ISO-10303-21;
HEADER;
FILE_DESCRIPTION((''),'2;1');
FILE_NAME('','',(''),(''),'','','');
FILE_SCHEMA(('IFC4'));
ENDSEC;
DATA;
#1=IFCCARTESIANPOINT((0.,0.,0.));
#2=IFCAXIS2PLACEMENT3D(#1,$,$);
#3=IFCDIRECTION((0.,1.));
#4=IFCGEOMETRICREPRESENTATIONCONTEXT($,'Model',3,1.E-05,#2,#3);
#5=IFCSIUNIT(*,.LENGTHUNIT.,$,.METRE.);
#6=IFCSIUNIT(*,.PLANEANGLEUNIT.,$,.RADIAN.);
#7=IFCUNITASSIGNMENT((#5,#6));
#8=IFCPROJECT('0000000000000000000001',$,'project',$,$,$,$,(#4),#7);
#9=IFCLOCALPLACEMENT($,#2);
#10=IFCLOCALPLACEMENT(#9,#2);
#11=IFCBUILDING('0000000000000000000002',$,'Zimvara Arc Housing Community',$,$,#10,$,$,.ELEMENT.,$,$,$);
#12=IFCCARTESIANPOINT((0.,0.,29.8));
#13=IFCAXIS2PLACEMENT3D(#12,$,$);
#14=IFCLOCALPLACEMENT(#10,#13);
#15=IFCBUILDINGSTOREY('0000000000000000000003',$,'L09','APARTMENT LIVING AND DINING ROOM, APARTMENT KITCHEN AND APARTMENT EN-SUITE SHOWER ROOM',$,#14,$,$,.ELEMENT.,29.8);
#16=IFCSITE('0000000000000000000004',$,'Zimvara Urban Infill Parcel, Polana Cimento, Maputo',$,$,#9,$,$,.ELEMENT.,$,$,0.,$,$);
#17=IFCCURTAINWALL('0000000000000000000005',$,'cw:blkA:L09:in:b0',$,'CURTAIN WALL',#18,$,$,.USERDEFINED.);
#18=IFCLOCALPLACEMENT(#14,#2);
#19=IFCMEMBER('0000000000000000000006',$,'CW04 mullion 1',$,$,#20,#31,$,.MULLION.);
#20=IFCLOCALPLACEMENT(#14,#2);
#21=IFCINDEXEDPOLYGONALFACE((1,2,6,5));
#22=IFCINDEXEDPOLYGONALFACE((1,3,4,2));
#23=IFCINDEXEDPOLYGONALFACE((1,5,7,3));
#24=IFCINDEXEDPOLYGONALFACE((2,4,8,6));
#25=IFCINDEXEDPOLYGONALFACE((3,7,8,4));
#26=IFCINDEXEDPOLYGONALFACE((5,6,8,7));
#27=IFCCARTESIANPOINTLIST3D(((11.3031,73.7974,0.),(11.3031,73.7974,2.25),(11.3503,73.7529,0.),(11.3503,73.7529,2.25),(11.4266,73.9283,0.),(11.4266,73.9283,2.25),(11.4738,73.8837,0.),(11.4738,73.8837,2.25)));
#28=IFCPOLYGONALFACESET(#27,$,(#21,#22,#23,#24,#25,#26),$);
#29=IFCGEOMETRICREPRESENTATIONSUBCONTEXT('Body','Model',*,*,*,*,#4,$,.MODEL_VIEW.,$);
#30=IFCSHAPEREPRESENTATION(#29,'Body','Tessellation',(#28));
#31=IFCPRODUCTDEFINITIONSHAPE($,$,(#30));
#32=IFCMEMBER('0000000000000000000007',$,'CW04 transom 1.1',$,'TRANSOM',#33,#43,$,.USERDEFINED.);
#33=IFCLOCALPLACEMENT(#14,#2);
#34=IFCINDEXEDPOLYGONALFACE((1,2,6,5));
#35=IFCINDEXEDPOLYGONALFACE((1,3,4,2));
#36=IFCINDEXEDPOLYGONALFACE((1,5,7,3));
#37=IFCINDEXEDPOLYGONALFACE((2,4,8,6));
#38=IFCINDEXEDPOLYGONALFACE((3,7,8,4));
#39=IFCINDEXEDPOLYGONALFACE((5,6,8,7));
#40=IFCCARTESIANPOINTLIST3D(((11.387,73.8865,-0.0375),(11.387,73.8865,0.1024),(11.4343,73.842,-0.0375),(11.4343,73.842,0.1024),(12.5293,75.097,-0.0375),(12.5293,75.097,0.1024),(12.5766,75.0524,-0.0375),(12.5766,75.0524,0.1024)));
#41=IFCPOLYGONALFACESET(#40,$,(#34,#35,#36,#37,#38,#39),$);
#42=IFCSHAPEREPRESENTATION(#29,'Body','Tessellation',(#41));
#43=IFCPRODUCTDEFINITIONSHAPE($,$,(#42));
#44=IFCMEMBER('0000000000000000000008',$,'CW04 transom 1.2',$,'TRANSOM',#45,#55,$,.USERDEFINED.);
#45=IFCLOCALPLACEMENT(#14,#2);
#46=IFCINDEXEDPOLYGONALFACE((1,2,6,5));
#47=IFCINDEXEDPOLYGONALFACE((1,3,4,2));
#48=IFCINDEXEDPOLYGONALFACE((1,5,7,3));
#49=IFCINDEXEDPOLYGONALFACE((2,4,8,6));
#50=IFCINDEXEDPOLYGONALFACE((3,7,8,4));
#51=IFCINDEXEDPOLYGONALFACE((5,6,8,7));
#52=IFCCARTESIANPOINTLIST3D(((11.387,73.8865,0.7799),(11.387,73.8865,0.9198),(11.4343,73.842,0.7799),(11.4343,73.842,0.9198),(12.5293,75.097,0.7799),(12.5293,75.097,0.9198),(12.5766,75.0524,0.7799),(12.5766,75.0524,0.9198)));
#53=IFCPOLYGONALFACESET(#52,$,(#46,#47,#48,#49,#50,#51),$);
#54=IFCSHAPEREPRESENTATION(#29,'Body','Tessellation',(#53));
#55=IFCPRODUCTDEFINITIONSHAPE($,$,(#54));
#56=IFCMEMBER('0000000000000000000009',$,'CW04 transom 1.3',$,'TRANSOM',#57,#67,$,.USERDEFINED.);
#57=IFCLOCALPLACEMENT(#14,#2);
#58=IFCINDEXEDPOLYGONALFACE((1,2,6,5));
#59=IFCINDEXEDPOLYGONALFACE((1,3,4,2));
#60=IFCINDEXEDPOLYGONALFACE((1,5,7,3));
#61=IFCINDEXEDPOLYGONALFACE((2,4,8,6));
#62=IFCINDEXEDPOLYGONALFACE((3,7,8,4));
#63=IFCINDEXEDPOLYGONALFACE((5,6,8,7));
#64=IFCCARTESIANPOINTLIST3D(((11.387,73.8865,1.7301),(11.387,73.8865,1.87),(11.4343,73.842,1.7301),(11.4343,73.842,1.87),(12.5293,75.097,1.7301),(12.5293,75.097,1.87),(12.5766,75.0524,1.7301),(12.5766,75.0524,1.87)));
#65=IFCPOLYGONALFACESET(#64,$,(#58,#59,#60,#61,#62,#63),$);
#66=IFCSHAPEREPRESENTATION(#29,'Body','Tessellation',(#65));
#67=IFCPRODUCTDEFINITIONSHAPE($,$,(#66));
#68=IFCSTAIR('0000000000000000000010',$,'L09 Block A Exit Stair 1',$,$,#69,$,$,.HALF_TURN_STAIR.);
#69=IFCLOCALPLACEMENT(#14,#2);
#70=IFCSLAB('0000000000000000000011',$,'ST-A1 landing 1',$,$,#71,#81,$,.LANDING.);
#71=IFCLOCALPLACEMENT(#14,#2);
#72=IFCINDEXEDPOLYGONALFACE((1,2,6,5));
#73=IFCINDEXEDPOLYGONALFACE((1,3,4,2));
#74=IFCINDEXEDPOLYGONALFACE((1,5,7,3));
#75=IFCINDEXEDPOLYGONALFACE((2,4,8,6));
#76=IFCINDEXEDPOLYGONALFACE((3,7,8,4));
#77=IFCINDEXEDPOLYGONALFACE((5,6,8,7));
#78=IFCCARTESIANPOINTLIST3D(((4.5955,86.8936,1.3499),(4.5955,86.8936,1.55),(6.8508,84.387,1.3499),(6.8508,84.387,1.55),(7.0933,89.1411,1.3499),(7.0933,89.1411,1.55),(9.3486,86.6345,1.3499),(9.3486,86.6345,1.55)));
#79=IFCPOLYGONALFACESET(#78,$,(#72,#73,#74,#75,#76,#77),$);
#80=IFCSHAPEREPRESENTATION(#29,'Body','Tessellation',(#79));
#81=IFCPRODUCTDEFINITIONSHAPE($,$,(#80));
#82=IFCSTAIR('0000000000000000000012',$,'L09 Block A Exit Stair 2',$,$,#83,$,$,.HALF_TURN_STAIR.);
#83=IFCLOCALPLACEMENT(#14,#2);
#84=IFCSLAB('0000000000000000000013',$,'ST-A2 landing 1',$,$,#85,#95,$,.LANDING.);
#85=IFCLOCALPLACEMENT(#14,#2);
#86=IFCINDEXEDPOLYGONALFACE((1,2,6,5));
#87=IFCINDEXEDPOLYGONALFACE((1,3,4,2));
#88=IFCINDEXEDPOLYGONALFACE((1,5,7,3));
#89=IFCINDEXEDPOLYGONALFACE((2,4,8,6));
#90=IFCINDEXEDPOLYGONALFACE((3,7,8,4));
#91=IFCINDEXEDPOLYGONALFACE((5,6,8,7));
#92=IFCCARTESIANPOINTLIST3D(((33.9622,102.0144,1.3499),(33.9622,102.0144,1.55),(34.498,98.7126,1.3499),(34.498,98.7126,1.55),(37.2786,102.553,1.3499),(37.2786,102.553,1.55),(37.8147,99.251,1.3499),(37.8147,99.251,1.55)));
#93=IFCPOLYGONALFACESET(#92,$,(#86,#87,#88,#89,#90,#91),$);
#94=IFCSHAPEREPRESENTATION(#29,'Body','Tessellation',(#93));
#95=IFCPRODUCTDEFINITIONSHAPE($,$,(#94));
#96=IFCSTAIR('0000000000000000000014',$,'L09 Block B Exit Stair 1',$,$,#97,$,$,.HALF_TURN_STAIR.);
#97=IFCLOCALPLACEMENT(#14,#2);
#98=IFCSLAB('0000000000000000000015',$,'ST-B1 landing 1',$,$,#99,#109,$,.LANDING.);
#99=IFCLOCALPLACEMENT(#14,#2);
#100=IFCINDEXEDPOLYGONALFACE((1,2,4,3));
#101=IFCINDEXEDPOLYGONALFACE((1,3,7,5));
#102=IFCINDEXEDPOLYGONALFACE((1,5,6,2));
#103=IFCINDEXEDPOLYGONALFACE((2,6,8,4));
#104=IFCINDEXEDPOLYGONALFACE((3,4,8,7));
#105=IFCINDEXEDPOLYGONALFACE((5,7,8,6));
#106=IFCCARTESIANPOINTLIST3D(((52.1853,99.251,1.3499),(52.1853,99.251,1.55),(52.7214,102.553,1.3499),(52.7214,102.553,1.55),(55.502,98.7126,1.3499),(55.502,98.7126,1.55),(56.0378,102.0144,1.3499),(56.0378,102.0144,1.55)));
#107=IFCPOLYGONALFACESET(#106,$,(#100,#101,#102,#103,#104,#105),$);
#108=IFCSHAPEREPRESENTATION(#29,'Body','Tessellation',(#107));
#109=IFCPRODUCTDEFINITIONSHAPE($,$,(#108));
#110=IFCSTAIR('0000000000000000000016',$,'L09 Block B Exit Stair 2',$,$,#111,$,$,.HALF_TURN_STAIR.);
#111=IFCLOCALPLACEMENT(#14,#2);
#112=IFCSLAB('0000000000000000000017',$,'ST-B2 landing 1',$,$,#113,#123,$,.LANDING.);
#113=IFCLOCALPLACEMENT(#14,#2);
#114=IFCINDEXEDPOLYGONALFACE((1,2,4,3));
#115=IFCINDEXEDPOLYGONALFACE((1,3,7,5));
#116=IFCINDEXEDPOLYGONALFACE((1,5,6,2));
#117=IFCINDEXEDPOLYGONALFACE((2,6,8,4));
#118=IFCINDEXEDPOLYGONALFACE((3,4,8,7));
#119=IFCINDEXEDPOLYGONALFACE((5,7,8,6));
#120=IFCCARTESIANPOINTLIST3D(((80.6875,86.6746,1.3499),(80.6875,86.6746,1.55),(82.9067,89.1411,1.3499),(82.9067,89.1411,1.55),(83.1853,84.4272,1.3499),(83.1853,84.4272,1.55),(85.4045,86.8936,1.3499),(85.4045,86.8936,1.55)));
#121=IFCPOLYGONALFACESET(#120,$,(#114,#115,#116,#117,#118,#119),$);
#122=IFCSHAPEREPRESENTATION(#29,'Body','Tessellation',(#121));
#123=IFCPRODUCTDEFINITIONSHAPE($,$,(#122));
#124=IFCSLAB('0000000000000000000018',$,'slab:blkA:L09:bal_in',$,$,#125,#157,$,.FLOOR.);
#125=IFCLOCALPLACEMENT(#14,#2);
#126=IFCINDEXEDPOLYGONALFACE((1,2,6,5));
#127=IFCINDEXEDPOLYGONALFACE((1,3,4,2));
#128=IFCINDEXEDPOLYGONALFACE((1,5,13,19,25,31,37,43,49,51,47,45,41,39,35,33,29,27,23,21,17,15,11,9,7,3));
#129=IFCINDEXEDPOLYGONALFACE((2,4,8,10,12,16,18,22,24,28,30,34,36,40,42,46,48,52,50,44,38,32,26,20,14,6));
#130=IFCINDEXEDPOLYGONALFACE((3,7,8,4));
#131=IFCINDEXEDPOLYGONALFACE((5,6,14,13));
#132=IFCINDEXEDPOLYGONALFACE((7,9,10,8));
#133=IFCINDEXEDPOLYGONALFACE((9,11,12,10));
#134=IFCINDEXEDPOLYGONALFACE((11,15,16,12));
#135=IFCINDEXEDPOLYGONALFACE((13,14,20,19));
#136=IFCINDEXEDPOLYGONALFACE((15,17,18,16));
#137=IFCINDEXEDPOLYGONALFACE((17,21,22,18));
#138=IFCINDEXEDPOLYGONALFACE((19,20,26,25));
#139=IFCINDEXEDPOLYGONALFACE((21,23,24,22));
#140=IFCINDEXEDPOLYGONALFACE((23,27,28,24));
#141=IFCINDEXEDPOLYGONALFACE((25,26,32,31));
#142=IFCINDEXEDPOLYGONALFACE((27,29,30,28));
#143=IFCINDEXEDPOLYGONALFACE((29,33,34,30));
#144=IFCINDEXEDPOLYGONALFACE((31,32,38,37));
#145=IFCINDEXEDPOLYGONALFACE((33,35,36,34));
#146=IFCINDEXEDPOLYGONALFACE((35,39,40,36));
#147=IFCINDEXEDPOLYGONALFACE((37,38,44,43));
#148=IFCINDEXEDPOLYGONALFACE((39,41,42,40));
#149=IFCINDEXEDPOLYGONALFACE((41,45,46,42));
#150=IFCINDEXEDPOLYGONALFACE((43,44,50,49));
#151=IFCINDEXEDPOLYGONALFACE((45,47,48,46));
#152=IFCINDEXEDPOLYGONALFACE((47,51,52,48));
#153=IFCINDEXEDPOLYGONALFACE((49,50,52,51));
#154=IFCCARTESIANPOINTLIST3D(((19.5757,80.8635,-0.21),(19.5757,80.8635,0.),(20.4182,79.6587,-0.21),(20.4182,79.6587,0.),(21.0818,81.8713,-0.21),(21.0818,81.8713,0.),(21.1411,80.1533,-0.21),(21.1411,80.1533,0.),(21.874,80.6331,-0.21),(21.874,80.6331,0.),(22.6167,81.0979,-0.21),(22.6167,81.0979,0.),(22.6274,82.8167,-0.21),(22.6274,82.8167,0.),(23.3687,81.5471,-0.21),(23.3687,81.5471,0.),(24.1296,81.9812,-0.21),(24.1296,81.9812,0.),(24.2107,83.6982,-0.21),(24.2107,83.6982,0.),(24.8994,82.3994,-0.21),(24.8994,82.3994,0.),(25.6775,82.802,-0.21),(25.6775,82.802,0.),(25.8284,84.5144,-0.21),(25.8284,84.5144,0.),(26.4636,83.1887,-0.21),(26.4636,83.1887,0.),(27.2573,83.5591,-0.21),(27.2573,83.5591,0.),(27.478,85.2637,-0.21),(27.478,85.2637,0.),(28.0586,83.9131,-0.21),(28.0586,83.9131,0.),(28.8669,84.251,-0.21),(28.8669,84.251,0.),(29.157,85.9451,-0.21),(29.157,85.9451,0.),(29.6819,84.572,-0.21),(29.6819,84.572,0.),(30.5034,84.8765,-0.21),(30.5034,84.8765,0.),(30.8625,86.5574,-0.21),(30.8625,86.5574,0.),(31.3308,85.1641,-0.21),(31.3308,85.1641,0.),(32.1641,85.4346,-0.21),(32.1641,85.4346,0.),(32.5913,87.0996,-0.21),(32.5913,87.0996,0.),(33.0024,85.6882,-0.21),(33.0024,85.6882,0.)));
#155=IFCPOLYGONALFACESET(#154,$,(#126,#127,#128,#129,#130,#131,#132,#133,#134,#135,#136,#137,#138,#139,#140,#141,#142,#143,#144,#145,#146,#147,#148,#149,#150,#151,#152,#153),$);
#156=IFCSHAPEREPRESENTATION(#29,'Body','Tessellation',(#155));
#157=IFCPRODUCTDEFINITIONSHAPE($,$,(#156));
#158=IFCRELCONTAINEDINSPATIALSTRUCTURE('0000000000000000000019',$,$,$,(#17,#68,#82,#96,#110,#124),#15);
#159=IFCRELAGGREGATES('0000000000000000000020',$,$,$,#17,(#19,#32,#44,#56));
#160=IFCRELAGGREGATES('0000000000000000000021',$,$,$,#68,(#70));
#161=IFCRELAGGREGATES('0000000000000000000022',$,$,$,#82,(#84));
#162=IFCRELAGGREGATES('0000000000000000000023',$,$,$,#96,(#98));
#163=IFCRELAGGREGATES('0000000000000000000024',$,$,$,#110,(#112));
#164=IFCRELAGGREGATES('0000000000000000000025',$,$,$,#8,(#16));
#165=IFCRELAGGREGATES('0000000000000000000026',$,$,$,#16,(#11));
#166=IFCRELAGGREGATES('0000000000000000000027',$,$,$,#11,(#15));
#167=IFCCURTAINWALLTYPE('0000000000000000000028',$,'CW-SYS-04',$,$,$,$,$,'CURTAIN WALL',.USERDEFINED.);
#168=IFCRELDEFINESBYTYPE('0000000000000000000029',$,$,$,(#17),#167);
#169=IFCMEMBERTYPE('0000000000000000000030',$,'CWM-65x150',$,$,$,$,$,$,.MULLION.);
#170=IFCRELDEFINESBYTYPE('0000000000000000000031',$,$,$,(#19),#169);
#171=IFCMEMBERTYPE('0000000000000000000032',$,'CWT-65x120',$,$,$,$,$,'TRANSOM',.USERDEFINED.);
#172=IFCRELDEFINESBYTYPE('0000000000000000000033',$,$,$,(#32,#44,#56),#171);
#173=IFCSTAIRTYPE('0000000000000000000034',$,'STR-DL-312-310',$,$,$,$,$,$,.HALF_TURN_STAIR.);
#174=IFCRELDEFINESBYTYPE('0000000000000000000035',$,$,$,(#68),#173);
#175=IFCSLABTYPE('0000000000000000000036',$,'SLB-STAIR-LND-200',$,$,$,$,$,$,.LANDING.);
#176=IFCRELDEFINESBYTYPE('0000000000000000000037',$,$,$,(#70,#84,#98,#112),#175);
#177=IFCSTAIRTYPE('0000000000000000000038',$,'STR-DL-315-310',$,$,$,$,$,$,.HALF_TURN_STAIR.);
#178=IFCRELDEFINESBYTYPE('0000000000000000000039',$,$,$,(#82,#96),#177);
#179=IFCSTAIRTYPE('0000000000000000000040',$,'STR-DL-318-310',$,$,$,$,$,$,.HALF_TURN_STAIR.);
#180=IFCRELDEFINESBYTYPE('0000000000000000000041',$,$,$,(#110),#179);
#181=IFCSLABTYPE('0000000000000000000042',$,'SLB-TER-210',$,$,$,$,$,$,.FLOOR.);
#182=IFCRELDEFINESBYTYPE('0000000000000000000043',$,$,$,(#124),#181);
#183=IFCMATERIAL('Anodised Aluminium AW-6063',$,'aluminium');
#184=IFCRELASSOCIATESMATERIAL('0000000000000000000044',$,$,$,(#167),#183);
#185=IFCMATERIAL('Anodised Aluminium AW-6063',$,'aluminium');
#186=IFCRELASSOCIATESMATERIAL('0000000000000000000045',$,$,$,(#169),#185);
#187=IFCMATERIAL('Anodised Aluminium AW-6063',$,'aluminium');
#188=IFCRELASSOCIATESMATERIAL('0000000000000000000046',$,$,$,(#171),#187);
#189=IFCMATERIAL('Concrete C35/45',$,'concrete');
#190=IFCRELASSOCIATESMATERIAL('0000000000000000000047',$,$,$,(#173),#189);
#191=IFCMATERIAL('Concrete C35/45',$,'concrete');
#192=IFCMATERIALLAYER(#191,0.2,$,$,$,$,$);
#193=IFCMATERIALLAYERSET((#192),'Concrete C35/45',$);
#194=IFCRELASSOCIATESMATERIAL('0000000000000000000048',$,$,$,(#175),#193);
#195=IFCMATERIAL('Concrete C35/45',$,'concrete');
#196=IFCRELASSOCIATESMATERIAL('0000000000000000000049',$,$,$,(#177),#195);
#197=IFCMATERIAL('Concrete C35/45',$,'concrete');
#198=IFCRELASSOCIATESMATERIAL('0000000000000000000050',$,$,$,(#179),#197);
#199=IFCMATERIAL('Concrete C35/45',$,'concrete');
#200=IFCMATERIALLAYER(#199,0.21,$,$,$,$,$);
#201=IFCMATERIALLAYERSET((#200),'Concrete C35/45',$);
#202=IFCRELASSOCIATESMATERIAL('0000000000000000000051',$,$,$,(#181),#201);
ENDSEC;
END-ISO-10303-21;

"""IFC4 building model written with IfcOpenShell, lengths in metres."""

from ifc_helpers import new_model, si_unit, direction, frame, origin, origin_2d, place, context, subcontext, project, spatial, polyline, rectangle, outline, extrude, material, layer, layer_set, material_profile, profile_set, type_object, element, aggregate, save


model = new_model("IFC4")

# Units and contexts
model_context = context("Model", 3, precision=1e-05, world=origin(), true_north=direction((0.0, 1.0)))
body_context = subcontext(model_context, "Body", "Model", "MODEL_VIEW")
ifc_project = project(units=[si_unit("LENGTHUNIT", "METRE"), si_unit("PLANEANGLEUNIT", "RADIAN")], contexts=[model_context])

# Site, building, storey
site_placement = place(None, origin())
site = spatial("IfcSite", under=ifc_project, at=site_placement, Name="Zimvara Urban Infill Parcel, Polana Cimento, Maputo", CompositionType="ELEMENT", RefElevation=0.0)
building_placement = place(site_placement, origin())
building = spatial("IfcBuilding", under=site, at=building_placement, Name="Zimvara Arc Housing Community", CompositionType="ELEMENT")
storey_placement = place(building_placement, frame((0.0, 0.0, 29.8)))
storey = spatial("IfcBuildingStorey", under=building, at=storey_placement, Name="L09", Description="APARTMENT LIVING AND DINING ROOM, APARTMENT KITCHEN AND APARTMENT EN-SUITE SHOWER ROOM", CompositionType="ELEMENT", Elevation=29.8)

# Curtain wall, members
ifc_material_1 = material(Name="Anodised Aluminium AW-6063", Category="aluminium")
curtain_wall_type = type_object("IfcCurtainWallType", Name="CW-SYS-04", ElementType="CURTAIN WALL", PredefinedType="USERDEFINED", material=ifc_material_1)
curtain_wall_placement = place(storey_placement, origin())
curtain_wall = element("IfcCurtainWall", 1, at=curtain_wall_placement, inside=storey, type_object=curtain_wall_type, Name="cw:blkA:L09:in:b0", ObjectType="CURTAIN WALL", PredefinedType="USERDEFINED")
ifc_material_2 = material(Name="Anodised Aluminium AW-6063", Category="aluminium")
ifc_material_profile_1 = material_profile(ifc_material_2, rectangle(XDim=0.0649, YDim=0.1799, at=origin_2d()), Name="ALU 65x180")
ifc_profile_set_1 = profile_set([ifc_material_profile_1], Name="Anodised Aluminium AW-6063")
member_type_1 = type_object("IfcMemberType", Name="CWM-65x150", PredefinedType="MULLION", material=ifc_profile_set_1)
member_1_placement = place(storey_placement, frame((11.3884, 73.8406, 0.0), z_axis=(0.0, 0.0, 1.0), x_axis=(-0.727293, 0.686327, 0.0)))
member_1 = element("IfcMember", 2, at=member_1_placement, type_object=member_type_1, Name="CW04 mullion 1", PredefinedType="MULLION", context=body_context, shape_type="SweptSolid", body=[
    extrude(rectangle(XDim=0.0649, YDim=0.1799, at=origin_2d()), origin(), (0.0, 0.0, 1.0), 2.25),
])
ifc_material_3 = material(Name="Anodised Aluminium AW-6063", Category="aluminium")
ifc_material_profile_2 = material_profile(ifc_material_3, rectangle(XDim=0.0649, YDim=0.1399, at=origin_2d()), Name="ALU 65x140")
ifc_profile_set_2 = profile_set([ifc_material_profile_2], Name="Anodised Aluminium AW-6063")
member_type_2 = type_object("IfcMemberType", Name="CWT-65x120", ElementType="TRANSOM", PredefinedType="USERDEFINED", material=ifc_profile_set_2)
member_2_placement = place(storey_placement, frame((11.4106, 73.8643, 0.0325), z_axis=(0.686348, 0.727273, 0.0), x_axis=(-0.727273, 0.686348, 0.0)))
member_2 = element("IfcMember", 3, at=member_2_placement, type_object=member_type_2, Name="CW04 transom 1.1", ObjectType="TRANSOM", PredefinedType="USERDEFINED", context=body_context, shape_type="SweptSolid", body=[
    extrude(rectangle(XDim=0.0649, YDim=0.1399, at=origin_2d()), origin(), (0.0, 0.0, 1.0), 1.6643),
])
member_3_placement = place(storey_placement, frame((11.4106, 73.8643, 0.8499), z_axis=(0.686348, 0.727273, 0.0), x_axis=(-0.727273, 0.686348, 0.0)))
member_3 = element("IfcMember", 4, at=member_3_placement, type_object=member_type_2, Name="CW04 transom 1.2", ObjectType="TRANSOM", PredefinedType="USERDEFINED", context=body_context, shape_type="SweptSolid", body=[
    extrude(rectangle(XDim=0.0649, YDim=0.1399, at=origin_2d()), origin(), (0.0, 0.0, 1.0), 1.6643),
])
member_4_placement = place(storey_placement, frame((11.4106, 73.8643, 1.8), z_axis=(0.686348, 0.727273, 0.0), x_axis=(-0.727273, 0.686348, 0.0)))
member_4 = element("IfcMember", 5, at=member_4_placement, type_object=member_type_2, Name="CW04 transom 1.3", ObjectType="TRANSOM", PredefinedType="USERDEFINED", context=body_context, shape_type="SweptSolid", body=[
    extrude(rectangle(XDim=0.0649, YDim=0.1399, at=origin_2d()), origin(), (0.0, 0.0, 1.0), 1.6643),
])
aggregate(curtain_wall, [member_1, member_2, member_3, member_4])

# Stairs, slabs
ifc_material_4 = material(Name="Concrete C35/45", Category="concrete")
stair_type_1 = type_object("IfcStairType", Name="STR-DL-312-310", PredefinedType="HALF_TURN_STAIR", material=ifc_material_4)
stair_1_placement = place(storey_placement, origin())
stair_1 = element("IfcStair", 6, at=stair_1_placement, inside=storey, type_object=stair_type_1, Name="L09 Block A Exit Stair 1", PredefinedType="HALF_TURN_STAIR")
ifc_material_5 = material(Name="Concrete C35/45", Category="concrete")
ifc_layer_1 = layer(ifc_material_5, 0.2)
ifc_layer_set_1 = layer_set([ifc_layer_1], Name="Concrete C35/45")
slab_type_1 = type_object("IfcSlabType", Name="SLB-STAIR-LND-200", PredefinedType="LANDING", material=ifc_layer_set_1)
slab_1_placement = place(storey_placement, frame((0.0, 0.0, 1.3499)))
slab_1 = element("IfcSlab", 7, at=slab_1_placement, type_object=slab_type_1, Name="ST-A1 landing 1", PredefinedType="LANDING", context=body_context, shape_type="SweptSolid", body=[
    extrude(outline(polyline([(9.3486, 86.6345), (7.0933, 89.1411), (4.5955, 86.8936), (6.8508, 84.387), (9.3486, 86.6345)])), origin(), (0.0, 0.0, 1.0), 0.2002),
])
aggregate(stair_1, [slab_1])
ifc_material_6 = material(Name="Concrete C35/45", Category="concrete")
stair_type_2 = type_object("IfcStairType", Name="STR-DL-315-310", PredefinedType="HALF_TURN_STAIR", material=ifc_material_6)
stair_2_placement = place(storey_placement, origin())
stair_2 = element("IfcStair", 8, at=stair_2_placement, inside=storey, type_object=stair_type_2, Name="L09 Block A Exit Stair 2", PredefinedType="HALF_TURN_STAIR")
slab_2_placement = place(storey_placement, frame((0.0, 0.0, 1.3499)))
slab_2 = element("IfcSlab", 9, at=slab_2_placement, type_object=slab_type_1, Name="ST-A2 landing 1", PredefinedType="LANDING", context=body_context, shape_type="SweptSolid", body=[
    extrude(outline(polyline([(37.8147, 99.251), (37.2786, 102.553), (33.9622, 102.0144), (34.498, 98.7126), (37.8147, 99.251)])), origin(), (0.0, 0.0, 1.0), 0.2002),
])
aggregate(stair_2, [slab_2])
stair_3_placement = place(storey_placement, origin())
stair_3 = element("IfcStair", 10, at=stair_3_placement, inside=storey, type_object=stair_type_2, Name="L09 Block B Exit Stair 1", PredefinedType="HALF_TURN_STAIR")
slab_3_placement = place(storey_placement, frame((0.0, 0.0, 1.3499)))
slab_3 = element("IfcSlab", 11, at=slab_3_placement, type_object=slab_type_1, Name="ST-B1 landing 1", PredefinedType="LANDING", context=body_context, shape_type="SweptSolid", body=[
    extrude(outline(polyline([(55.502, 98.7126), (56.0378, 102.0144), (52.7214, 102.553), (52.1853, 99.251), (55.502, 98.7126)])), origin(), (0.0, 0.0, 1.0), 0.2002),
])
aggregate(stair_3, [slab_3])
ifc_material_7 = material(Name="Concrete C35/45", Category="concrete")
stair_type_3 = type_object("IfcStairType", Name="STR-DL-318-310", PredefinedType="HALF_TURN_STAIR", material=ifc_material_7)
stair_4_placement = place(storey_placement, origin())
stair_4 = element("IfcStair", 12, at=stair_4_placement, inside=storey, type_object=stair_type_3, Name="L09 Block B Exit Stair 2", PredefinedType="HALF_TURN_STAIR")
slab_4_placement = place(storey_placement, frame((0.0, 0.0, 1.3499)))
slab_4 = element("IfcSlab", 13, at=slab_4_placement, type_object=slab_type_1, Name="ST-B2 landing 1", PredefinedType="LANDING", context=body_context, shape_type="SweptSolid", body=[
    extrude(outline(polyline([(83.1853, 84.4272), (85.4045, 86.8936), (82.9067, 89.1411), (80.6875, 86.6746), (83.1853, 84.4272)])), origin(), (0.0, 0.0, 1.0), 0.2002),
])
aggregate(stair_4, [slab_4])

# Slab
ifc_material_8 = material(Name="Concrete C35/45", Category="concrete")
ifc_layer_2 = layer(ifc_material_8, 0.21)
ifc_layer_set_2 = layer_set([ifc_layer_2], Name="Concrete C35/45")
slab_type_2 = type_object("IfcSlabType", Name="SLB-TER-210", PredefinedType="FLOOR", material=ifc_layer_set_2)
slab_5_placement = place(storey_placement, frame((0.0, 0.0, -0.21)))
element("IfcSlab", 14, at=slab_5_placement, inside=storey, type_object=slab_type_2, Name="slab:blkA:L09:bal_in", PredefinedType="FLOOR", context=body_context, shape_type="SweptSolid", body=[
    extrude(outline(polyline([(32.5913, 87.0996), (30.8625, 86.5574), (29.157, 85.9451), (27.478, 85.2637), (25.8284, 84.5144), (24.2107, 83.6982), (22.6274, 82.8167), (21.0818, 81.8713), (19.5757, 80.8635), (20.4182, 79.6587), (21.1411, 80.1533), (21.874, 80.6331), (22.6167, 81.0979), (23.3687, 81.5471), (24.1296, 81.9812), (24.8994, 82.3994), (25.6775, 82.802), (26.4636, 83.1887), (27.2573, 83.5591), (28.0586, 83.9131), (28.8669, 84.251), (29.6819, 84.572), (30.5034, 84.8765), (31.3308, 85.1641), (32.1641, 85.4346), (33.0024, 85.6882), (32.5913, 87.0996)])), origin(), (0.0, 0.0, 1.0), 0.21),
])

save(model, "model.ifc")
